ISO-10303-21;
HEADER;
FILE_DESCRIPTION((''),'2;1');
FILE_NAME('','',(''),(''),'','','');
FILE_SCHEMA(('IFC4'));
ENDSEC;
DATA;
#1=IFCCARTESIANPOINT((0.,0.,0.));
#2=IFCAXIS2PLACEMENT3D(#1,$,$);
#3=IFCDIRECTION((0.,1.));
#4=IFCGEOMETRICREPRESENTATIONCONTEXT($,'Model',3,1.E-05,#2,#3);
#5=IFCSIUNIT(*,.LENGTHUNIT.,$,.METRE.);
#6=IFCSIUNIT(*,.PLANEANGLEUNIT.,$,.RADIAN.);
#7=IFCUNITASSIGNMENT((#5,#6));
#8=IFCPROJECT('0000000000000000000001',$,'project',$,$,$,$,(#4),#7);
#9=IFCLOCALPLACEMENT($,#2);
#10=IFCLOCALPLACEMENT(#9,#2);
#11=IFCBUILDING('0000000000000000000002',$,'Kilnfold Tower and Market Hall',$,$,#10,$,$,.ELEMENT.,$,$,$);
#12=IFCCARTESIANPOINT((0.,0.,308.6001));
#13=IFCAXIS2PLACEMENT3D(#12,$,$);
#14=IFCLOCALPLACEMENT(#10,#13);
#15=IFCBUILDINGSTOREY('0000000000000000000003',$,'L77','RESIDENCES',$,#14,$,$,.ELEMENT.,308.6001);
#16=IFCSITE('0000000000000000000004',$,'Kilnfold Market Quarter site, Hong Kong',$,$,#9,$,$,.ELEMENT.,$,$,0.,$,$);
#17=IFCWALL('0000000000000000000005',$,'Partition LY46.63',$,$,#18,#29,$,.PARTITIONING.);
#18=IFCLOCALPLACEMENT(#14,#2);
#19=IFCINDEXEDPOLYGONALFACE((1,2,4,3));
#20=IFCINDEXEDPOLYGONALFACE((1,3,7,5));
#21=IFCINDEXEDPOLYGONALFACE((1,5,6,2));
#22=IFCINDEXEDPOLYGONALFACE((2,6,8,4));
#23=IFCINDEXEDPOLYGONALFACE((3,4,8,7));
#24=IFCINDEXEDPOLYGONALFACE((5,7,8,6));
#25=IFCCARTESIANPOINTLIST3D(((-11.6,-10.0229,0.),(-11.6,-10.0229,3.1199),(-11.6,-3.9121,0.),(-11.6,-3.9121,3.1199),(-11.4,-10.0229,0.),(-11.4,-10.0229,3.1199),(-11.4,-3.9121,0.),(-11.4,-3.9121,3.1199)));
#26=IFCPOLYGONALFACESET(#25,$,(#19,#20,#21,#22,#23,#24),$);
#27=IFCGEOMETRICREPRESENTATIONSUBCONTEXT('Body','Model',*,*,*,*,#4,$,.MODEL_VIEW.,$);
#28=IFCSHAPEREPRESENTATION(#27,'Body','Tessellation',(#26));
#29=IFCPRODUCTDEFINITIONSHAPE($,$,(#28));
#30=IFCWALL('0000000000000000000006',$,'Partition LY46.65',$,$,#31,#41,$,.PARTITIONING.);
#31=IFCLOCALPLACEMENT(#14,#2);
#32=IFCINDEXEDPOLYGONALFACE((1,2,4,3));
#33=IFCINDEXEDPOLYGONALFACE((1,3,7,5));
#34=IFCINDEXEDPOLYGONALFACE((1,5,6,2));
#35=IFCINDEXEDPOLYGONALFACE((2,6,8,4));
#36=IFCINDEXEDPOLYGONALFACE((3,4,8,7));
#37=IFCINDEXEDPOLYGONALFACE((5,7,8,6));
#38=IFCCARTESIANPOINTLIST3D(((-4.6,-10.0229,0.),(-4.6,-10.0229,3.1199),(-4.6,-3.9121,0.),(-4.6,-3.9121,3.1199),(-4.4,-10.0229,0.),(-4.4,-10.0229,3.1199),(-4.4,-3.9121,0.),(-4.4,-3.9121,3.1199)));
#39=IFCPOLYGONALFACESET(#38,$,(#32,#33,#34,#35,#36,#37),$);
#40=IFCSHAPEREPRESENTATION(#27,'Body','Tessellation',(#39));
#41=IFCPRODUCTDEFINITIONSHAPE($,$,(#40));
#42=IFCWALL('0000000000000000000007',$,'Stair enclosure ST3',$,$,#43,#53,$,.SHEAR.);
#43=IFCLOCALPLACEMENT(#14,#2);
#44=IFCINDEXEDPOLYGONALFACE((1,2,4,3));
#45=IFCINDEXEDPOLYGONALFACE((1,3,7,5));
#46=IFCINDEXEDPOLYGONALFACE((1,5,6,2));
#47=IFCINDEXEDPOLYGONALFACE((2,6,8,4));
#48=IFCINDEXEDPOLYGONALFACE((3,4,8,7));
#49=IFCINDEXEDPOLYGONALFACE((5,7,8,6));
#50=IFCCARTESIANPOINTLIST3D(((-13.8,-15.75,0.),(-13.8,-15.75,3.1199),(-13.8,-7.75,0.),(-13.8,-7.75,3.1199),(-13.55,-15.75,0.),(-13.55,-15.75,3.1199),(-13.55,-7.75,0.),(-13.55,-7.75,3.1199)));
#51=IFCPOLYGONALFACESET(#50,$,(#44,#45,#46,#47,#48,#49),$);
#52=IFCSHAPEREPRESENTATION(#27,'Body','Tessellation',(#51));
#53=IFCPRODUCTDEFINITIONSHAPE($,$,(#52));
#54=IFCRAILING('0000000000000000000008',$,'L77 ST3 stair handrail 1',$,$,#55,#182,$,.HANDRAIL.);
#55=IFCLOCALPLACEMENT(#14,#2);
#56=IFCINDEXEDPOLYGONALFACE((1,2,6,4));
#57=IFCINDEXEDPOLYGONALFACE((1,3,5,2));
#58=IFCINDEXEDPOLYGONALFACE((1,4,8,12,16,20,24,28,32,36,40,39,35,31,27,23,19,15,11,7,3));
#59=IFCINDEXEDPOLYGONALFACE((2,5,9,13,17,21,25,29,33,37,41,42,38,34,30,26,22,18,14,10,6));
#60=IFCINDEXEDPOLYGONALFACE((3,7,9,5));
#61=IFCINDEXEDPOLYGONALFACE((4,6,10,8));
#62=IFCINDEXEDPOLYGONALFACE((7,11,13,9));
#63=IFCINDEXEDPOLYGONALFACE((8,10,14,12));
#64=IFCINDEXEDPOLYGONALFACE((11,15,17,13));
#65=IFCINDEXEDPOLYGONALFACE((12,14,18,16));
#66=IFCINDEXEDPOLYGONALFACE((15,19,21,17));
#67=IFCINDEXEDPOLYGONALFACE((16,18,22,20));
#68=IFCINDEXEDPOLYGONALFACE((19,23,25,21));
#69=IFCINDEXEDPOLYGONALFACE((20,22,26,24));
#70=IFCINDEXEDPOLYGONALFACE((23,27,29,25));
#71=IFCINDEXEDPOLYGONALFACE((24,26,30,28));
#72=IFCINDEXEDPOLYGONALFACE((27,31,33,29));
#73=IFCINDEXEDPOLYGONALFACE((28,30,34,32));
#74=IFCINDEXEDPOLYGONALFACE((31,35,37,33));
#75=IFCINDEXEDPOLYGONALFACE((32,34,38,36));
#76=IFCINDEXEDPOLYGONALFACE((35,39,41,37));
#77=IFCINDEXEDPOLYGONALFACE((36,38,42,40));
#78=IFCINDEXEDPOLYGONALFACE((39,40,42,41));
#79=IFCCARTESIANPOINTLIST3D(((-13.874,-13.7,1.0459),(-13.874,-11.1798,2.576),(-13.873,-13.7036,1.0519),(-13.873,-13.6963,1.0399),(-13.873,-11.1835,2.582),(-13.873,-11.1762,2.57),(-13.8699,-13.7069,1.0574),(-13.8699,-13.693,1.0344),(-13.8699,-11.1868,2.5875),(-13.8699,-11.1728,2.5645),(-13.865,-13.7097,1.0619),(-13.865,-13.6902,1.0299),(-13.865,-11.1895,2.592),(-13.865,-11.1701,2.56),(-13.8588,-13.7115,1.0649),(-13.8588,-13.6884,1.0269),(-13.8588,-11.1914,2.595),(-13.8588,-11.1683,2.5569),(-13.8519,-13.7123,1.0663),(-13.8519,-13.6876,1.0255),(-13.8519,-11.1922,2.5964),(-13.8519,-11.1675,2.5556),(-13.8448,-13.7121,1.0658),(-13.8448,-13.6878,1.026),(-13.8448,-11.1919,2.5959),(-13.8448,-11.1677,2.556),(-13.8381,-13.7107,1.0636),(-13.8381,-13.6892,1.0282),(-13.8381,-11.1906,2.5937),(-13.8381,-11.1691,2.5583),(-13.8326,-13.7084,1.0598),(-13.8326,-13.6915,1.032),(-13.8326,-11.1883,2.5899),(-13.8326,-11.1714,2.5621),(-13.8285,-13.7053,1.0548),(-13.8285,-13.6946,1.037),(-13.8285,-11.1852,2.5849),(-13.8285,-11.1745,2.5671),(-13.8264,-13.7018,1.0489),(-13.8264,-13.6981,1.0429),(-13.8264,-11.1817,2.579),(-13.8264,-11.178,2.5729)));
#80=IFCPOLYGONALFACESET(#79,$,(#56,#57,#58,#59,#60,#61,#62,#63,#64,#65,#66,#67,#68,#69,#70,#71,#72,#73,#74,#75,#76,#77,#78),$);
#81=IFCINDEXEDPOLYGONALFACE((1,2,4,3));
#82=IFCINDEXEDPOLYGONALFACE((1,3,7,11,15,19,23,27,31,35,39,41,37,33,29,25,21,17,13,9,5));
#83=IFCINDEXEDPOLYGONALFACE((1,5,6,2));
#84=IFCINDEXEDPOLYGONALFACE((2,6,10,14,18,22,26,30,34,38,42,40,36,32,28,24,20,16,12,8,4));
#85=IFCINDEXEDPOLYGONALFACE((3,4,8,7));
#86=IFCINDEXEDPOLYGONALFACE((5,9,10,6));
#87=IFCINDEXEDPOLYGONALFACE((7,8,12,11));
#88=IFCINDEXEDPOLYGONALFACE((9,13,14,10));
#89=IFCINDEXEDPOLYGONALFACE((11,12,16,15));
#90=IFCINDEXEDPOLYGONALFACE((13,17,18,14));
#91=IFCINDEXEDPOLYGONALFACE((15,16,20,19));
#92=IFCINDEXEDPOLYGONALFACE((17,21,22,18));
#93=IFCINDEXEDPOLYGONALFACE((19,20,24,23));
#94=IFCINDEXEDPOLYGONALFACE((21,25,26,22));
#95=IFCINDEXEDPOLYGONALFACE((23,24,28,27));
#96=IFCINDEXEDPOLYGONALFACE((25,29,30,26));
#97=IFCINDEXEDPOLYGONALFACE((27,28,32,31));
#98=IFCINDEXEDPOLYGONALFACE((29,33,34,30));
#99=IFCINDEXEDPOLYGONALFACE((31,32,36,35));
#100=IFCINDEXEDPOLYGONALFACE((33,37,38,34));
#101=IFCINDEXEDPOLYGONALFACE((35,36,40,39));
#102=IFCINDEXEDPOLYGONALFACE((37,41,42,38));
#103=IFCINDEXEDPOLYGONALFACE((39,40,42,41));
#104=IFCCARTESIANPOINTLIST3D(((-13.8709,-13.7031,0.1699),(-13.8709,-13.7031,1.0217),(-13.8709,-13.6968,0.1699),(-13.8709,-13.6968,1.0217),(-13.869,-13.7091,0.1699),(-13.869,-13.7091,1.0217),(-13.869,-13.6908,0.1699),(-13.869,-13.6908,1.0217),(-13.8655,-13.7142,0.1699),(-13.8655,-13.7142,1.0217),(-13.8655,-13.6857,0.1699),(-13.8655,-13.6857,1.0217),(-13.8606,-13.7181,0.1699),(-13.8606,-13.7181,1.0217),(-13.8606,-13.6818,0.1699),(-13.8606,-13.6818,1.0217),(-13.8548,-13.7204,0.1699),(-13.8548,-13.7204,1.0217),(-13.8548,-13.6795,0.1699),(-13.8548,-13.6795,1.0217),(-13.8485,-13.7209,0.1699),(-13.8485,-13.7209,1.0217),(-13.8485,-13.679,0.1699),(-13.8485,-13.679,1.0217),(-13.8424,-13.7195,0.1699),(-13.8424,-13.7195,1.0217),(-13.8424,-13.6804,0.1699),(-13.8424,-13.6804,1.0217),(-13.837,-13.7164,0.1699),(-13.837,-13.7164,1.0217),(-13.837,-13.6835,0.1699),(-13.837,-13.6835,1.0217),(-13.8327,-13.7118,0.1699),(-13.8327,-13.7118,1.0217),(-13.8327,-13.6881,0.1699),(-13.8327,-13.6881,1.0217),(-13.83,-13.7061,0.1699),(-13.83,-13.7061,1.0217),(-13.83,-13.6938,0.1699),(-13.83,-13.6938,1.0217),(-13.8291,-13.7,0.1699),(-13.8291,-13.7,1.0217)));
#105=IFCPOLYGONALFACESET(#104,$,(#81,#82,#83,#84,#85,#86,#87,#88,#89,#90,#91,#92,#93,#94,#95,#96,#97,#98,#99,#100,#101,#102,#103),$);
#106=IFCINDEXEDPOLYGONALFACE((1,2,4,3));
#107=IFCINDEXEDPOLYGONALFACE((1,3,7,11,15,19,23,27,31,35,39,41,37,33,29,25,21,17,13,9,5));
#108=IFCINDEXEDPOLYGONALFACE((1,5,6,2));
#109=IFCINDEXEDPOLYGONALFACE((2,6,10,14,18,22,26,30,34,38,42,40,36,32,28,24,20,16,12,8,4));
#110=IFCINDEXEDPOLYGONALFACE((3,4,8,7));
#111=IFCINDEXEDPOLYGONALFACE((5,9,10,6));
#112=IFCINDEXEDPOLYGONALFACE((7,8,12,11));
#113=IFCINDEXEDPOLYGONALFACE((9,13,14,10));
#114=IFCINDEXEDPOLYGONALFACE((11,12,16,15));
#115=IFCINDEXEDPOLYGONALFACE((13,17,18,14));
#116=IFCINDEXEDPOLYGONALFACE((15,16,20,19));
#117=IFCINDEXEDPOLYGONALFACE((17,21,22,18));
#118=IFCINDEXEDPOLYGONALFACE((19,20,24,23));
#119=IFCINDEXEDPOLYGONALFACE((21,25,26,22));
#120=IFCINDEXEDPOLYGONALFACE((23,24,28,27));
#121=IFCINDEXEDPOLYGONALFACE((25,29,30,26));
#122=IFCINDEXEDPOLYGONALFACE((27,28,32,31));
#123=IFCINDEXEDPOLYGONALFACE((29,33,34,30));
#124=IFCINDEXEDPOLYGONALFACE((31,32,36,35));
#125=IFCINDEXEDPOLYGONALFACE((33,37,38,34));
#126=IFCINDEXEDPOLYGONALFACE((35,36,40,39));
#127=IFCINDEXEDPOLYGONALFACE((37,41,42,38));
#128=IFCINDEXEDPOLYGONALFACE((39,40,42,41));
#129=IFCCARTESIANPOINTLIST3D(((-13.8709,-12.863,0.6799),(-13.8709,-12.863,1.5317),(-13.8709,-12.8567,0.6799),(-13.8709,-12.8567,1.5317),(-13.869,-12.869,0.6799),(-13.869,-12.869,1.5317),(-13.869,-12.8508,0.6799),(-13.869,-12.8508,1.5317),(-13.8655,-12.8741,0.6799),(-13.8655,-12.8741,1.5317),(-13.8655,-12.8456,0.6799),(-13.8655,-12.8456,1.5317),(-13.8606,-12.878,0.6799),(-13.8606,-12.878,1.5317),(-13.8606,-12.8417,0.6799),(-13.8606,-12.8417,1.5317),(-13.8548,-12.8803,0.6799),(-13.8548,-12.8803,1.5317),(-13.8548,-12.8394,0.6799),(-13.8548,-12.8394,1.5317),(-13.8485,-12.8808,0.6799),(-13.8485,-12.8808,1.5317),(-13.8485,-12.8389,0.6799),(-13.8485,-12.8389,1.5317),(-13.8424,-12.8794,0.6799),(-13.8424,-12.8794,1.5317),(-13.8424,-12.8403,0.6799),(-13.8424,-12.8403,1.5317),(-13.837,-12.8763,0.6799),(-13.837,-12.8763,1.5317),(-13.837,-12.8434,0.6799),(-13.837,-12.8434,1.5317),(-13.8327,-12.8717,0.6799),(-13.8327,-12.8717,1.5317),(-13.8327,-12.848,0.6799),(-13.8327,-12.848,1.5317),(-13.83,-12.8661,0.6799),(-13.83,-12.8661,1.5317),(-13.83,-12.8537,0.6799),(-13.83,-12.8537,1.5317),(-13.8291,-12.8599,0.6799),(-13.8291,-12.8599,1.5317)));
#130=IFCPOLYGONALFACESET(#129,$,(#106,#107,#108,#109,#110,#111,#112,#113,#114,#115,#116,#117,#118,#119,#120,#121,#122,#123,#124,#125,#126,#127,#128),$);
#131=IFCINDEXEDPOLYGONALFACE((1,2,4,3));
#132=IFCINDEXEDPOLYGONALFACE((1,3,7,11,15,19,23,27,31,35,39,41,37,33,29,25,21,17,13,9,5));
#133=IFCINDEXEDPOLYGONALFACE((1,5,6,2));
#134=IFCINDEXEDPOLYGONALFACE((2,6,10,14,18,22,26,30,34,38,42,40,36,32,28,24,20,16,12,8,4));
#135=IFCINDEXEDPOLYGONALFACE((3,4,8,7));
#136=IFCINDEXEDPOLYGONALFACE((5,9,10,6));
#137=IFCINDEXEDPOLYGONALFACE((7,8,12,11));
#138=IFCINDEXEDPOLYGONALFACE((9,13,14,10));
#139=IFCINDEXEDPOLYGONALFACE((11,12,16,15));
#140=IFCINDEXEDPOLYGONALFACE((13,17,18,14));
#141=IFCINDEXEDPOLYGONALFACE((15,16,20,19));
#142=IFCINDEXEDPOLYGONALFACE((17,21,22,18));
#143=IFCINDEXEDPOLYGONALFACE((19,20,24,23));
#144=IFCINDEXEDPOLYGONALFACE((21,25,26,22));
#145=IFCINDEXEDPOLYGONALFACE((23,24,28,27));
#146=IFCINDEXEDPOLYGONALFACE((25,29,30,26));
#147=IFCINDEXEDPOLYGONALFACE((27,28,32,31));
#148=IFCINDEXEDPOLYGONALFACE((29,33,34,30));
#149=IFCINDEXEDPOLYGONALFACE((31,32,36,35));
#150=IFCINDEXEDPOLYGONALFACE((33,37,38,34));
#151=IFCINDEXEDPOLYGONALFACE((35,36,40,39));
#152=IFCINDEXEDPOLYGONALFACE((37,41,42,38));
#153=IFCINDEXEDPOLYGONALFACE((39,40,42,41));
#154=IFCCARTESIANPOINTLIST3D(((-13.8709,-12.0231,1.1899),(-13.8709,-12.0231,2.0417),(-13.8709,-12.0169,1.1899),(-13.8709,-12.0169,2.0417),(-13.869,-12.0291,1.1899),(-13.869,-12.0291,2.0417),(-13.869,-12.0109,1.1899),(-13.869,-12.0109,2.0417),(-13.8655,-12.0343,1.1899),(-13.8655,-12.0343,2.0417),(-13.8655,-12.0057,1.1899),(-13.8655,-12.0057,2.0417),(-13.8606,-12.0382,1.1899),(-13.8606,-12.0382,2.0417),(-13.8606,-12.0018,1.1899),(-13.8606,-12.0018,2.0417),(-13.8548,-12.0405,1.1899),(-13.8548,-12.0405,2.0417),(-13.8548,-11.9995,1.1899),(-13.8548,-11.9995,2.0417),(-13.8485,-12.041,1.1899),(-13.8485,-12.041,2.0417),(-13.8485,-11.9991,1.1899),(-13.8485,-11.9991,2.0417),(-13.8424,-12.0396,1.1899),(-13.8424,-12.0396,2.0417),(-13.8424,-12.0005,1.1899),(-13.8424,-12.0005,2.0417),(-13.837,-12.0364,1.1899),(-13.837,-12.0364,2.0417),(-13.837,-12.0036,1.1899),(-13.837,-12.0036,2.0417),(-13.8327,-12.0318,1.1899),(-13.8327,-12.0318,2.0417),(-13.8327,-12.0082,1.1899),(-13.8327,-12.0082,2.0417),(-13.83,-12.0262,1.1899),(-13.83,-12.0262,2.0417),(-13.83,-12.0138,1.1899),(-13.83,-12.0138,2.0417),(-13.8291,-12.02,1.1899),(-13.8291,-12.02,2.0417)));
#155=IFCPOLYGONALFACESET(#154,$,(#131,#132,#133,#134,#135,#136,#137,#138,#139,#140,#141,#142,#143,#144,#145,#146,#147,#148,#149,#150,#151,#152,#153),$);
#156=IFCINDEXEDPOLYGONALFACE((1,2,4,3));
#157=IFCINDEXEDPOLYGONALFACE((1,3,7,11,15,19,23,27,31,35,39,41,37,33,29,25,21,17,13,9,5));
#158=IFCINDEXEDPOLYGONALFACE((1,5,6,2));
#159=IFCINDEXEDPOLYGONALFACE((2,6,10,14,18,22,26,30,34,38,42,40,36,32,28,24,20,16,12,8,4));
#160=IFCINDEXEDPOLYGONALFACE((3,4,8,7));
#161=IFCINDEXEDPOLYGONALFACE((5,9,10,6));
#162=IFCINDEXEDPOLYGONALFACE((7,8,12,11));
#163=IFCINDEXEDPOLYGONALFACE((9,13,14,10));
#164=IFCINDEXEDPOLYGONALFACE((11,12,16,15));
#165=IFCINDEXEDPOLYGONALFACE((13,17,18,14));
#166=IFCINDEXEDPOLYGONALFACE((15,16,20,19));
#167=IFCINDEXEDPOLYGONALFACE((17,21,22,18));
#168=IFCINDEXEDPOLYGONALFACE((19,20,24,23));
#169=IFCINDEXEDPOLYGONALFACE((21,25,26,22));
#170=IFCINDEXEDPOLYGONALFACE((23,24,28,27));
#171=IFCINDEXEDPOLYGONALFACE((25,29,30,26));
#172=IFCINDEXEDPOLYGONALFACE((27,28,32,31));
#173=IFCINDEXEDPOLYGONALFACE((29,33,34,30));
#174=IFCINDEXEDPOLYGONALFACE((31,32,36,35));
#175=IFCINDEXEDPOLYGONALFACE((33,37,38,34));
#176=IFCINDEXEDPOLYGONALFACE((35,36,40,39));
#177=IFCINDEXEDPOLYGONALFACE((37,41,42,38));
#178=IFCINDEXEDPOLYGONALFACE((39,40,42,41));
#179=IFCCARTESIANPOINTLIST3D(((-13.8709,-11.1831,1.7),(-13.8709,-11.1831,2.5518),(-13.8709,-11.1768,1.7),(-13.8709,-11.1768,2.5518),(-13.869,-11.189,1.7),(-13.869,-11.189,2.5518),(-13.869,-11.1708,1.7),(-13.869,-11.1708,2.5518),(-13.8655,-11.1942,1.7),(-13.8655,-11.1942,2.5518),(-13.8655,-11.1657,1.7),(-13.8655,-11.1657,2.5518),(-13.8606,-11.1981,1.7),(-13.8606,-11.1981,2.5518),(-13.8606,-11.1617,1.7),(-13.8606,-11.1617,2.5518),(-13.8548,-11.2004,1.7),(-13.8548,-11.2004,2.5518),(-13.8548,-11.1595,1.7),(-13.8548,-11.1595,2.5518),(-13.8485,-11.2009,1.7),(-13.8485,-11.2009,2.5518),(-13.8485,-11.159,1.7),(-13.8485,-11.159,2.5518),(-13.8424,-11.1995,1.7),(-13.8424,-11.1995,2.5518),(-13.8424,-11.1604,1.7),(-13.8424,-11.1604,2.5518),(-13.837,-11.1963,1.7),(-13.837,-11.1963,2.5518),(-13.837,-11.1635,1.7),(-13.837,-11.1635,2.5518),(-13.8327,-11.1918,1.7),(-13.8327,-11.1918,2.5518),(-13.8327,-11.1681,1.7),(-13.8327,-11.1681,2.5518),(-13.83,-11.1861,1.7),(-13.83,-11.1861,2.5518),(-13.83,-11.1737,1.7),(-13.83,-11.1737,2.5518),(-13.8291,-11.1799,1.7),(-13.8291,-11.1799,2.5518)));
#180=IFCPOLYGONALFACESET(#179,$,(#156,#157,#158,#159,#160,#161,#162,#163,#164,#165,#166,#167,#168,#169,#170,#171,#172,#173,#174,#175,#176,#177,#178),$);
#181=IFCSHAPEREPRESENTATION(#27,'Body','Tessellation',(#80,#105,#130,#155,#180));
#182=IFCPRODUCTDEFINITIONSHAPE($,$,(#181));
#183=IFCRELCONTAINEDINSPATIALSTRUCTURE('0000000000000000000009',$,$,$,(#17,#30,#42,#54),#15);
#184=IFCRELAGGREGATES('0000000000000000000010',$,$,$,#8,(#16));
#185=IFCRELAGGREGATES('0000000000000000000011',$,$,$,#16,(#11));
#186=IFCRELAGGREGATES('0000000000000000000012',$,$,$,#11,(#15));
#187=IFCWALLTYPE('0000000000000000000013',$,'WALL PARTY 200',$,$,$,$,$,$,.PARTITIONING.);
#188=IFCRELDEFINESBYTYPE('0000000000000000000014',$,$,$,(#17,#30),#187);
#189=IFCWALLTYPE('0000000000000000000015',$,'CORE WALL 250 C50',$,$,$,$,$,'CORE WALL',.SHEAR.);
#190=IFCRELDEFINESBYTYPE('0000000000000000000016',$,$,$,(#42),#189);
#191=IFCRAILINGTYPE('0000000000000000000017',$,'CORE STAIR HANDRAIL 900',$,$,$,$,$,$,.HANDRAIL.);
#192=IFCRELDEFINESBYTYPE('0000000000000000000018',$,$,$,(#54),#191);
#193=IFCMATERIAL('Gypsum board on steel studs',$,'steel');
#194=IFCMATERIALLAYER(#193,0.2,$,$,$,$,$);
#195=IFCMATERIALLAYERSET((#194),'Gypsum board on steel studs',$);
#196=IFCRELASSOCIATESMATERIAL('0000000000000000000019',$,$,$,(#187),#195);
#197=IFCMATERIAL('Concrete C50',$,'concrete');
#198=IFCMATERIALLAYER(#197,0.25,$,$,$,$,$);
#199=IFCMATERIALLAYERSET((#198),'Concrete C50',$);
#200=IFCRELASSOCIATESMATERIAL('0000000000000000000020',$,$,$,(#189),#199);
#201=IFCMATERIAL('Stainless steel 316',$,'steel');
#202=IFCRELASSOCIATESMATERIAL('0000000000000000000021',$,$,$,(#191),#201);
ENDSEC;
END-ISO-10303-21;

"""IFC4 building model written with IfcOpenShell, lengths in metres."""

from ifc_helpers import new_model, si_unit, direction, frame, frame_2d, origin, origin_2d, place, context, subcontext, project, spatial, rectangle, circle, extrude, source, transform, mapped, material, layer, layer_set, type_object, element, save


model = new_model("IFC4")

# Units and contexts
model_context = context("Model", 3, precision=1e-05, world=origin(), true_north=direction((0.0, 1.0)))
body_context = subcontext(model_context, "Body", "Model", "MODEL_VIEW")
ifc_project = project(units=[si_unit("LENGTHUNIT", "METRE"), si_unit("PLANEANGLEUNIT", "RADIAN")], contexts=[model_context])

# Site, building, storey
site_placement = place(None, origin())
site = spatial("IfcSite", under=ifc_project, at=site_placement, Name="Kilnfold Market Quarter site, Hong Kong", CompositionType="ELEMENT", RefElevation=0.0)
building_placement = place(site_placement, origin())
building = spatial("IfcBuilding", under=site, at=building_placement, Name="Kilnfold Tower and Market Hall", CompositionType="ELEMENT")
storey_placement = place(building_placement, frame((0.0, 0.0, 308.6001)))
storey = spatial("IfcBuildingStorey", under=building, at=storey_placement, Name="L77", Description="RESIDENCES", CompositionType="ELEMENT", Elevation=308.6001)

# Walls
ifc_material_1 = material(Name="Gypsum board on steel studs", Category="steel")
ifc_layer_1 = layer(ifc_material_1, 0.2)
ifc_layer_set_1 = layer_set([ifc_layer_1], Name="Gypsum board on steel studs")
wall_type_1 = type_object("IfcWallType", Name="WALL PARTY 200", PredefinedType="PARTITIONING", material=ifc_layer_set_1)
for number, where, z_axis, x_axis, name in (
    (1, (-11.5, -10.0229, 0.0), (0.0, 0.0, 1.0), (0.0, 1.0, 0.0), "Partition LY46.63"),
    (2, (-4.5, -10.0229, 0.0), (0.0, 0.0, 1.0), (0.0, 1.0, 0.0), "Partition LY46.65"),
):
    element("IfcWall", number, at=place(storey_placement, frame(where, z_axis=z_axis, x_axis=x_axis)), inside=storey, type_object=wall_type_1, Name=name, PredefinedType="PARTITIONING", context=body_context, shape_type="SweptSolid", body=[
        extrude(rectangle(XDim=6.1108, YDim=0.2, at=frame_2d((3.0554, 0.0))), origin(), (0.0, 0.0, 1.0), 3.1199),
    ])
ifc_material_2 = material(Name="Concrete C50", Category="concrete")
ifc_layer_2 = layer(ifc_material_2, 0.25)
ifc_layer_set_2 = layer_set([ifc_layer_2], Name="Concrete C50")
wall_type_2 = type_object("IfcWallType", Name="CORE WALL 250 C50", ElementType="CORE WALL", PredefinedType="SHEAR", material=ifc_layer_set_2)
shared_shape_1 = source(origin(), body_context, "Body", "SweptSolid", [
    extrude(rectangle(XDim=8.0, YDim=0.25, at=frame_2d((4.0, 0.0))), origin(), (0.0, 0.0, 1.0), 3.1199),
])
wall_1_placement = place(storey_placement, frame((-13.675, -15.75, 0.0), z_axis=(0.0, 0.0, 1.0), x_axis=(0.0, 1.0, 0.0)))
element("IfcWall", 3, at=wall_1_placement, inside=storey, type_object=wall_type_2, Name="Stair enclosure ST3", PredefinedType="SHEAR", context=body_context, shape_type="MappedRepresentation", body=[
    mapped(shared_shape_1, transform((0.0, 0.0, 0.0))),
])

# Railing
ifc_material_3 = material(Name="Stainless steel 316", Category="steel")
railing_type = type_object("IfcRailingType", Name="CORE STAIR HANDRAIL 900", PredefinedType="HANDRAIL", material=ifc_material_3)
railing_placement = place(storey_placement, frame((-13.8501, -13.7, 0.1699)))
element("IfcRailing", 4, at=railing_placement, inside=storey, type_object=railing_type, Name="L77 ST3 stair handrail 1", PredefinedType="HANDRAIL", context=body_context, shape_type="SweptSolid", body=[
    extrude(circle(Radius=0.0239, at=origin_2d()), frame((0.0, 0.0, 0.876), z_axis=(0.0, 0.854785, 0.518982), x_axis=(-1.0, 0.0, 0.0)), (0.0, 0.0, 1.0), 2.9482),
    extrude(circle(Radius=0.021, at=origin_2d()), origin(), (0.0, 0.0, 1.0), 0.8518),
    extrude(circle(Radius=0.021, at=origin_2d()), frame((0.0, 0.8401, 0.51)), (0.0, 0.0, 1.0), 0.8518),
    extrude(circle(Radius=0.021, at=origin_2d()), frame((0.0, 1.6799, 1.02)), (0.0, 0.0, 1.0), 0.8518),
    extrude(circle(Radius=0.021, at=origin_2d()), frame((0.0, 2.52, 1.53)), (0.0, 0.0, 1.0), 0.8518),
])

save(model, "model.ifc")
